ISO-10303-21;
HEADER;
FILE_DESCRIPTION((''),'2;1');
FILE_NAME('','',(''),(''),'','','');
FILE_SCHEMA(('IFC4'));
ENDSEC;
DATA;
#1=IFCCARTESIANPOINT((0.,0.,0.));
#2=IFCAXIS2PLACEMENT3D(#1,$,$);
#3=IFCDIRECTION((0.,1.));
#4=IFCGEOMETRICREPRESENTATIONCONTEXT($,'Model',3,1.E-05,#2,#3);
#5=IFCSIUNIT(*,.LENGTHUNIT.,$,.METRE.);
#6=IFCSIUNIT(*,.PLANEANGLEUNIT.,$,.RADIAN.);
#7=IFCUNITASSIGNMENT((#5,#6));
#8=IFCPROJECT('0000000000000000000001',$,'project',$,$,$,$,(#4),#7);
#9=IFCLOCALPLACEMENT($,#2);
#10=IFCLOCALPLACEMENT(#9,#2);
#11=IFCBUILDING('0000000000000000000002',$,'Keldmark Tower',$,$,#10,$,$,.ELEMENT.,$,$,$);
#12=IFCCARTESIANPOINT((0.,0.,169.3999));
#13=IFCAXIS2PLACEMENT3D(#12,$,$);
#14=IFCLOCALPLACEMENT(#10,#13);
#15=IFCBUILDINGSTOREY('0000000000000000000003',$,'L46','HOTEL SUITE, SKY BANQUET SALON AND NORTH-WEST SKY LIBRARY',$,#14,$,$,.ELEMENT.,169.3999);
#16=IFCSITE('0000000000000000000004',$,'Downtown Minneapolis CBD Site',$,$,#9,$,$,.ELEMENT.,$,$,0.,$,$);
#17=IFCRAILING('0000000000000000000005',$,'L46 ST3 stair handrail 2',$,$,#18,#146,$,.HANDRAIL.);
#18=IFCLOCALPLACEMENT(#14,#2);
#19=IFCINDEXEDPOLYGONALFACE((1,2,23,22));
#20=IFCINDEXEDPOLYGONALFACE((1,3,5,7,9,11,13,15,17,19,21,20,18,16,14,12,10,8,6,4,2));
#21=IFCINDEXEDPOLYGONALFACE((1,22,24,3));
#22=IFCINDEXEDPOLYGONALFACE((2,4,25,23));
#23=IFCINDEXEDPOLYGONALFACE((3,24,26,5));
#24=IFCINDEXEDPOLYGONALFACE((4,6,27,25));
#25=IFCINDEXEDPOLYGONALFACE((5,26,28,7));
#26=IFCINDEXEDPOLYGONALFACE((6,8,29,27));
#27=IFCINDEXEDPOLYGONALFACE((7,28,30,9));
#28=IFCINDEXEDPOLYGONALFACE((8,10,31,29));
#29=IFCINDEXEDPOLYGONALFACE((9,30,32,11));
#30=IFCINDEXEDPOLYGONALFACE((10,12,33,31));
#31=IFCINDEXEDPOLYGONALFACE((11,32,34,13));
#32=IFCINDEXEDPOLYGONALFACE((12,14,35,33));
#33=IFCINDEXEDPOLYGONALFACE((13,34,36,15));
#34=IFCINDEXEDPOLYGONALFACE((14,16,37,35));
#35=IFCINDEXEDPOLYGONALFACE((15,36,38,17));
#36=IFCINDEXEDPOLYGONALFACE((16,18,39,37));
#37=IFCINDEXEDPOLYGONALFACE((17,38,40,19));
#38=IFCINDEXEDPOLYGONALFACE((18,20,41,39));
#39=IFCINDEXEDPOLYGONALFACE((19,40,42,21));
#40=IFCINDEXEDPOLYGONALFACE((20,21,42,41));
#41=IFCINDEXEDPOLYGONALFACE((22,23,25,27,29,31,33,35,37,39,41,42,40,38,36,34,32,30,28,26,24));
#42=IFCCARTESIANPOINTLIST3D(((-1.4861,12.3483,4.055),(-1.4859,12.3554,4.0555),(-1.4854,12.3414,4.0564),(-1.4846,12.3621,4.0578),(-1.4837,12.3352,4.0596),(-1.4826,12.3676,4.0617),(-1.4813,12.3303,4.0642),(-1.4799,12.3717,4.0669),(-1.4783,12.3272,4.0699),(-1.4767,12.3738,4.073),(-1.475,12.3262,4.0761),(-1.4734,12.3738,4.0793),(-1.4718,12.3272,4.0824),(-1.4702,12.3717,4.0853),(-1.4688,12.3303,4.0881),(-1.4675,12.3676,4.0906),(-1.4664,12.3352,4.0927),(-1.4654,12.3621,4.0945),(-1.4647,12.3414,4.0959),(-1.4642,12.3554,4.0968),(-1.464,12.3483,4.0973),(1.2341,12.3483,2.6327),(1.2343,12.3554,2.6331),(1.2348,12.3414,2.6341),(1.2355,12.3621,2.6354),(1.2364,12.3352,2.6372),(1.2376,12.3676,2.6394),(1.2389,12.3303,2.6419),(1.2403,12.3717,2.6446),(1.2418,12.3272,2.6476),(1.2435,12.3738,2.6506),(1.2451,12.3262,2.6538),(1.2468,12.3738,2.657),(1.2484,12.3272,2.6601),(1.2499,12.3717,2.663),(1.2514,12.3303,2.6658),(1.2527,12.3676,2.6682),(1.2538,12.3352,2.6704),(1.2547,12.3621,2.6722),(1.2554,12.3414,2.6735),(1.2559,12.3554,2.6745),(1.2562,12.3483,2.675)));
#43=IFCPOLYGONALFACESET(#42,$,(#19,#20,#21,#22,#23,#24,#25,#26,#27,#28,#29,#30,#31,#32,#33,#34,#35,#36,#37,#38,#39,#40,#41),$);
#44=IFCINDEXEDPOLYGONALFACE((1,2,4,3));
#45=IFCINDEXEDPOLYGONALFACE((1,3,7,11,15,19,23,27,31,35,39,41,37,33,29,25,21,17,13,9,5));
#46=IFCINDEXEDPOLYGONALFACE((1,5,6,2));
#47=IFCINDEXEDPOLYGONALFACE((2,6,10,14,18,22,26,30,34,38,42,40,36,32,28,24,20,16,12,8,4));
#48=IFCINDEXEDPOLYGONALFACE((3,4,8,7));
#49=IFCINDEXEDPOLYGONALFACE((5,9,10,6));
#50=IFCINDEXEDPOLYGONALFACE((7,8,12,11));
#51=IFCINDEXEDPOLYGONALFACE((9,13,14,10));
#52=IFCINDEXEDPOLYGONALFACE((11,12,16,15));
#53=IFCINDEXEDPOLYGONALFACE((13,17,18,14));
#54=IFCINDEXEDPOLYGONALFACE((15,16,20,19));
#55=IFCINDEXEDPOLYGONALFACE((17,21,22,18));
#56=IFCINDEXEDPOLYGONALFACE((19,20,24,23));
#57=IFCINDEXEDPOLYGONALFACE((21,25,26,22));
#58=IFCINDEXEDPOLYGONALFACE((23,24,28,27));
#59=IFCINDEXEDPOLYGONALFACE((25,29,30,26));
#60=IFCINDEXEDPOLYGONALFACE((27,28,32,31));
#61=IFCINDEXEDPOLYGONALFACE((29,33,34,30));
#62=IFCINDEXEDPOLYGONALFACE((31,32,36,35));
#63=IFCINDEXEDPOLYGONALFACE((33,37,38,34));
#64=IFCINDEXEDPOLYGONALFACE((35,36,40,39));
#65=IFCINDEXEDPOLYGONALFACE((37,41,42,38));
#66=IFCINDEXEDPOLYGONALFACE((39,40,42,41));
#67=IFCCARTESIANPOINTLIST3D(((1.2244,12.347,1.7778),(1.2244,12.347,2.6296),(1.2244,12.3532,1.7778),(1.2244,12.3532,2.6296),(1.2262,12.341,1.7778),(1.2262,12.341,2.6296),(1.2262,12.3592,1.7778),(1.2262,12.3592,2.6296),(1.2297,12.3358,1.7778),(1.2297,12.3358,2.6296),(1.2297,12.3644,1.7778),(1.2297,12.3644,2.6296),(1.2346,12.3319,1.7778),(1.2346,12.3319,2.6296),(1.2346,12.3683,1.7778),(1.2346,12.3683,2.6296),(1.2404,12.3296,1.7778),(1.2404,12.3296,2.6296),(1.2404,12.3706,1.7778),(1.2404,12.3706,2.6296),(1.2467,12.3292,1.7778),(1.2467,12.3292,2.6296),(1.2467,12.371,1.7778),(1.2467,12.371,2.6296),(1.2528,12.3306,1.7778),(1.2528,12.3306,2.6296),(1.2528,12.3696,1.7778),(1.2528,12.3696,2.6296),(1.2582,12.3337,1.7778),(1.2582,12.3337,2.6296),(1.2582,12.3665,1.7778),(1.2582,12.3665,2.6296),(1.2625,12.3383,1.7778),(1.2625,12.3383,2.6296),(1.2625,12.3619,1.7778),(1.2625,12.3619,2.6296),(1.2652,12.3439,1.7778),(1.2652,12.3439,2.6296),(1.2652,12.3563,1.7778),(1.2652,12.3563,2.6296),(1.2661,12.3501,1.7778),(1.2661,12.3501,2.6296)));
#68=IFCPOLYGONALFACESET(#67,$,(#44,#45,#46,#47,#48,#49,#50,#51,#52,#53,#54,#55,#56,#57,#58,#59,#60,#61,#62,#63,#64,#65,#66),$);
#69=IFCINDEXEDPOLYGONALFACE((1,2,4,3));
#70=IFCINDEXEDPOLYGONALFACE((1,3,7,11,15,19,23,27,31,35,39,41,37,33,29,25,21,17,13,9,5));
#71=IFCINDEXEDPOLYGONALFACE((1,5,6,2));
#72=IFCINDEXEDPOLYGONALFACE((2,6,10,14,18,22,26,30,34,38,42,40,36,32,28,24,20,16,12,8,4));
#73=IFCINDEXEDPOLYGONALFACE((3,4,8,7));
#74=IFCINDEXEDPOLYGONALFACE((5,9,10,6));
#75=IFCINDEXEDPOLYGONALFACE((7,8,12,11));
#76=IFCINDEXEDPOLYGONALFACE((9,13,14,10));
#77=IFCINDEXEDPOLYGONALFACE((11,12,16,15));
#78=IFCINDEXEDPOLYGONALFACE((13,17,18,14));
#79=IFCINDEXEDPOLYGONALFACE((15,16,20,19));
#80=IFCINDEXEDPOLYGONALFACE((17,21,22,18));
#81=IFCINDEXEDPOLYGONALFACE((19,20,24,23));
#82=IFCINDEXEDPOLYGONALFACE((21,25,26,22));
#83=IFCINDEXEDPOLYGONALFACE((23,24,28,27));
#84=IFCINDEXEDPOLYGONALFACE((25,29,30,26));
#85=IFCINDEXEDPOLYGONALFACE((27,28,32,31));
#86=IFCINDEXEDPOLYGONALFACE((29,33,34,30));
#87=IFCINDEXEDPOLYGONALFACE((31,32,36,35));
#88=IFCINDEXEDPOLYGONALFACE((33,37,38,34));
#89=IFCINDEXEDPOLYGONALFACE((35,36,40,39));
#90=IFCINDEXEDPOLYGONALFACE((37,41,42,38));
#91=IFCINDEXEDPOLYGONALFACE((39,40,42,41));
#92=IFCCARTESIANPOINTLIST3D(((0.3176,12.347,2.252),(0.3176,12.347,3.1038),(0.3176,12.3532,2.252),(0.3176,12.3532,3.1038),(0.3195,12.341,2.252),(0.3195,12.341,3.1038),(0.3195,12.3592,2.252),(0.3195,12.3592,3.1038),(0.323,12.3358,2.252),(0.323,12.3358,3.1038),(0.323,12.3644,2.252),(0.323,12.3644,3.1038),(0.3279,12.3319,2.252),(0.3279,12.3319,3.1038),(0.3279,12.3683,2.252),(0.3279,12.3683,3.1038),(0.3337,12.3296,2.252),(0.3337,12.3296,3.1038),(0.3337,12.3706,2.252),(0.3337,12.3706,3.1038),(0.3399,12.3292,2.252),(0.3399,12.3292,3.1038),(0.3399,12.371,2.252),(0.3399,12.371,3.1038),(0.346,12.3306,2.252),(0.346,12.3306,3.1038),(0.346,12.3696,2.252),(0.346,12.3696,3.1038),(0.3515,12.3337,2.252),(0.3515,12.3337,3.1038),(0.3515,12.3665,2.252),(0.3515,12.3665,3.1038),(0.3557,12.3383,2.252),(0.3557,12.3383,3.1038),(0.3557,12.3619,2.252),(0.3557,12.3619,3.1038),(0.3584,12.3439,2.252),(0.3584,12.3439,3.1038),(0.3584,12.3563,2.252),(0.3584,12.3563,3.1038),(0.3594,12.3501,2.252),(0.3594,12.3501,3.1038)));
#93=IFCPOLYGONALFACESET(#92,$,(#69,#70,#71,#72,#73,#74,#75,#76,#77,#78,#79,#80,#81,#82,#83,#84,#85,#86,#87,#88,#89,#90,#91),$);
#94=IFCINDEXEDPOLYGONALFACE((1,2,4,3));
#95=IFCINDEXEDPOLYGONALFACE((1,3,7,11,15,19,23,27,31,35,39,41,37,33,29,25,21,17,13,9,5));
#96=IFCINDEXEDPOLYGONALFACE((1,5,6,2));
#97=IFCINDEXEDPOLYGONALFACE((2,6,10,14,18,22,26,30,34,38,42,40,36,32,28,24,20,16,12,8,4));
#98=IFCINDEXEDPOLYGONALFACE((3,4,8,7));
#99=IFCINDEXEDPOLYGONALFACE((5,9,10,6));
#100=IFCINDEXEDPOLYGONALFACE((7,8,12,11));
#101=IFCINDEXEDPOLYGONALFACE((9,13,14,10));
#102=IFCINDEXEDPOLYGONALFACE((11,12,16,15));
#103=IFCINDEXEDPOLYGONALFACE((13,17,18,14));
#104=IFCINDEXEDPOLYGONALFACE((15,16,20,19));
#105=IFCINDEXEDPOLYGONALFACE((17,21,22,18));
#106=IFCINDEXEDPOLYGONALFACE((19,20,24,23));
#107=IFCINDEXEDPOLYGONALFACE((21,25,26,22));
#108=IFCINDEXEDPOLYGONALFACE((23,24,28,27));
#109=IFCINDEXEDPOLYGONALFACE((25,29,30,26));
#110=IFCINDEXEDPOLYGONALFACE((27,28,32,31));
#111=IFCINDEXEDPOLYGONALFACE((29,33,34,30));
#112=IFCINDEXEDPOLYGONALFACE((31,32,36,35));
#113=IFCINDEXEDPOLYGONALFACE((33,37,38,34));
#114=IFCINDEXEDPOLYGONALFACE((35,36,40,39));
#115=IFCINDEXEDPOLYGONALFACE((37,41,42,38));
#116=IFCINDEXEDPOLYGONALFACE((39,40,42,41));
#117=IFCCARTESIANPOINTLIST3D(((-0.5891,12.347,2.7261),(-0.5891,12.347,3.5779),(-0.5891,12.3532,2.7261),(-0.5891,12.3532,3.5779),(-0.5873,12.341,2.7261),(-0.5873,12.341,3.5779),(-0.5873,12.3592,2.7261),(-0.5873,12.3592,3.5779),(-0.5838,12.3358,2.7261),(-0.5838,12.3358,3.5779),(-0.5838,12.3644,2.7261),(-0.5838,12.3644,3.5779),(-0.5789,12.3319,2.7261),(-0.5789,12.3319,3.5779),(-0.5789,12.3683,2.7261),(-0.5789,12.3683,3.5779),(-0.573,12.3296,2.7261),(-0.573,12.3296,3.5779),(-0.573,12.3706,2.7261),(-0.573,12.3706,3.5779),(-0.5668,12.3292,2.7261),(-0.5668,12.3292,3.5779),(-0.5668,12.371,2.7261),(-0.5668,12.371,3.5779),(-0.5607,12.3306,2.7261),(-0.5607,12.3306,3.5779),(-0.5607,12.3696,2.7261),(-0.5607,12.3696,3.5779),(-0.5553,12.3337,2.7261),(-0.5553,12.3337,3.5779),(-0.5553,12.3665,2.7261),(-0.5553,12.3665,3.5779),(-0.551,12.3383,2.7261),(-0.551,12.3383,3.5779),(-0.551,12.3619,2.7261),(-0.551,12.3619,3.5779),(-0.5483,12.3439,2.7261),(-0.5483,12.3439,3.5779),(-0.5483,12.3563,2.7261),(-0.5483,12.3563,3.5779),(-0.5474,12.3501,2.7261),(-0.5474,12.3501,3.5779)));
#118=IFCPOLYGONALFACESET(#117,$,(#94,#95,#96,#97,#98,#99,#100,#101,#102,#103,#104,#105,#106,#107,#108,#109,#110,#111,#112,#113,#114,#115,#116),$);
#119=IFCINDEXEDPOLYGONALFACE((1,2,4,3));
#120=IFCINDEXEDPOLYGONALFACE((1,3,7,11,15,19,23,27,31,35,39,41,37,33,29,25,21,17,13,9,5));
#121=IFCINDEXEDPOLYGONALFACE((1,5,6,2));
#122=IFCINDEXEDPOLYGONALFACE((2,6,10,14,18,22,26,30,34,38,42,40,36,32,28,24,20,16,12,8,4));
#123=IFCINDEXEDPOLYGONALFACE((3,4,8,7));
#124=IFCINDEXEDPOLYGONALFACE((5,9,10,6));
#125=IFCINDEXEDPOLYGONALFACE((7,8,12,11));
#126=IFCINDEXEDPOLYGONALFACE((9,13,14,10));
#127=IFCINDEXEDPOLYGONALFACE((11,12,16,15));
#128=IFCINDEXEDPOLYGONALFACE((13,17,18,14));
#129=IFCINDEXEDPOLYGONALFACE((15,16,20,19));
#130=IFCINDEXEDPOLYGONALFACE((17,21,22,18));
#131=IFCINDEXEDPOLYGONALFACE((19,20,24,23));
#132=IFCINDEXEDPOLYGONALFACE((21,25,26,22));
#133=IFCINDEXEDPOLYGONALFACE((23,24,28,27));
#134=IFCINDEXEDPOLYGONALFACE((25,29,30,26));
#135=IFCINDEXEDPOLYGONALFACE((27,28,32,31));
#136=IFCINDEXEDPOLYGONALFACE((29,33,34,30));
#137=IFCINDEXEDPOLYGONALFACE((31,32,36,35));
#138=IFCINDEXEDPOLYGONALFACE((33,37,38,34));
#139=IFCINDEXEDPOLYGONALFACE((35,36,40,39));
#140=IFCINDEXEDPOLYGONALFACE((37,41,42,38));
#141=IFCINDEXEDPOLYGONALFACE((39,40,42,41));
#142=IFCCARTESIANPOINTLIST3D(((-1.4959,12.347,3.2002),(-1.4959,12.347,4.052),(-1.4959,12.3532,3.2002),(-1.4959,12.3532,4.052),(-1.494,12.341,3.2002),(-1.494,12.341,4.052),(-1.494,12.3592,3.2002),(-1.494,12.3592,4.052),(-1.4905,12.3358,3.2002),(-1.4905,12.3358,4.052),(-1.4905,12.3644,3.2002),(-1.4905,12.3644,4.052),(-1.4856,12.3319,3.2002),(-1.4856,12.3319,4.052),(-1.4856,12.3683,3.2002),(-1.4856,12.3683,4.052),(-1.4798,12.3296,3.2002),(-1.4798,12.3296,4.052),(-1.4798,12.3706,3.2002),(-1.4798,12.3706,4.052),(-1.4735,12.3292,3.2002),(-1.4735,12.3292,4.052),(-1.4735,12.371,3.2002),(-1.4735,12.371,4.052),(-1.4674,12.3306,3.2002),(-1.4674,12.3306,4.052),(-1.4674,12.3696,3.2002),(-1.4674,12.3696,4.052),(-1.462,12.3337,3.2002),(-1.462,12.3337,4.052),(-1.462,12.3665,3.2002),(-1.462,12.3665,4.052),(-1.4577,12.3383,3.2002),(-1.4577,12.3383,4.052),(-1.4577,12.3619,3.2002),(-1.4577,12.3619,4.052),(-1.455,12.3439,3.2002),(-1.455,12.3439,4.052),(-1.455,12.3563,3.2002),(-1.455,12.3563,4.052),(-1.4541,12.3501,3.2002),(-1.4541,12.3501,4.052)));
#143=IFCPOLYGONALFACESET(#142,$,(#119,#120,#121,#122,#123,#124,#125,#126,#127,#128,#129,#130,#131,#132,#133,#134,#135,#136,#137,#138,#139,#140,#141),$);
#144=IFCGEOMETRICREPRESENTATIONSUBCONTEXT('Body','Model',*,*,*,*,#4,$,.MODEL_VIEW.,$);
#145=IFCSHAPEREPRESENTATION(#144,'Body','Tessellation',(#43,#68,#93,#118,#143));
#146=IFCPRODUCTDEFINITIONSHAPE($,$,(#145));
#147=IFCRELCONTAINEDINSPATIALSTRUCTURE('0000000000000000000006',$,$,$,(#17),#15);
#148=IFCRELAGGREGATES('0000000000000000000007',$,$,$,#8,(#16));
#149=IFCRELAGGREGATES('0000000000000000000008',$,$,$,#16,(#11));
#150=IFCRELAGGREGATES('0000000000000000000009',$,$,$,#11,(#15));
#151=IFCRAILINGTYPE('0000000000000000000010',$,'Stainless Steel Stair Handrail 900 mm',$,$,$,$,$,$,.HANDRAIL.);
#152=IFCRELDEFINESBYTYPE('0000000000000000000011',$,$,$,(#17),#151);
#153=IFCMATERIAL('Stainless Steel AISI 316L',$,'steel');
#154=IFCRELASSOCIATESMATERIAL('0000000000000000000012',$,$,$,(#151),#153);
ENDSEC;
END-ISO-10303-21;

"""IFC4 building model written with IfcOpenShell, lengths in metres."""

from ifc_helpers import new_model, si_unit, direction, frame, origin, origin_2d, place, context, subcontext, project, spatial, circle, extrude, material, type_object, element, save


model = new_model("IFC4")

# Units and contexts
model_context = context("Model", 3, precision=1e-05, world=origin(), true_north=direction((0.0, 1.0)))
body_context = subcontext(model_context, "Body", "Model", "MODEL_VIEW")
ifc_project = project(units=[si_unit("LENGTHUNIT", "METRE"), si_unit("PLANEANGLEUNIT", "RADIAN")], contexts=[model_context])

# Site, building, storey
site_placement = place(None, origin())
site = spatial("IfcSite", under=ifc_project, at=site_placement, Name="Downtown Minneapolis CBD Site", CompositionType="ELEMENT", RefElevation=0.0)
building_placement = place(site_placement, origin())
building = spatial("IfcBuilding", under=site, at=building_placement, Name="Keldmark Tower", CompositionType="ELEMENT")
storey_placement = place(building_placement, frame((0.0, 0.0, 169.3999)))
storey = spatial("IfcBuildingStorey", under=building, at=storey_placement, Name="L46", Description="HOTEL SUITE, SKY BANQUET SALON AND NORTH-WEST SKY LIBRARY", CompositionType="ELEMENT", Elevation=169.3999)

# Railing
ifc_material_1 = material(Name="Stainless Steel AISI 316L", Category="steel")
railing_type_1 = type_object("IfcRailingType", Name="Stainless Steel Stair Handrail 900 mm", PredefinedType="HANDRAIL", material=ifc_material_1)
railing_1_placement = place(storey_placement, frame((1.2451, 12.3501, 1.7778)))
element("IfcRailing", 1, at=railing_1_placement, inside=storey, type_object=railing_type_1, Name="L46 ST3 stair handrail 2", PredefinedType="HANDRAIL", context=body_context, shape_type="SweptSolid", body=[
    extrude(circle(Radius=0.0239, at=origin_2d()), frame((0.0, 0.0, 0.876), z_axis=(-0.886168, 0.0, 0.463365), x_axis=(0.0, -1.0, 0.0)), (0.0, 0.0, 1.0), 3.0696),
    extrude(circle(Radius=0.021, at=origin_2d()), origin(), (0.0, 0.0, 1.0), 0.8518),
    extrude(circle(Radius=0.021, at=origin_2d()), frame((-0.9067, 0.0, 0.4741)), (0.0, 0.0, 1.0), 0.8518),
    extrude(circle(Radius=0.021, at=origin_2d()), frame((-1.8135, 0.0, 0.9482)), (0.0, 0.0, 1.0), 0.8518),
    extrude(circle(Radius=0.021, at=origin_2d()), frame((-2.7202, 0.0, 1.4224)), (0.0, 0.0, 1.0), 0.8518),
])

save(model, "model.ifc")
